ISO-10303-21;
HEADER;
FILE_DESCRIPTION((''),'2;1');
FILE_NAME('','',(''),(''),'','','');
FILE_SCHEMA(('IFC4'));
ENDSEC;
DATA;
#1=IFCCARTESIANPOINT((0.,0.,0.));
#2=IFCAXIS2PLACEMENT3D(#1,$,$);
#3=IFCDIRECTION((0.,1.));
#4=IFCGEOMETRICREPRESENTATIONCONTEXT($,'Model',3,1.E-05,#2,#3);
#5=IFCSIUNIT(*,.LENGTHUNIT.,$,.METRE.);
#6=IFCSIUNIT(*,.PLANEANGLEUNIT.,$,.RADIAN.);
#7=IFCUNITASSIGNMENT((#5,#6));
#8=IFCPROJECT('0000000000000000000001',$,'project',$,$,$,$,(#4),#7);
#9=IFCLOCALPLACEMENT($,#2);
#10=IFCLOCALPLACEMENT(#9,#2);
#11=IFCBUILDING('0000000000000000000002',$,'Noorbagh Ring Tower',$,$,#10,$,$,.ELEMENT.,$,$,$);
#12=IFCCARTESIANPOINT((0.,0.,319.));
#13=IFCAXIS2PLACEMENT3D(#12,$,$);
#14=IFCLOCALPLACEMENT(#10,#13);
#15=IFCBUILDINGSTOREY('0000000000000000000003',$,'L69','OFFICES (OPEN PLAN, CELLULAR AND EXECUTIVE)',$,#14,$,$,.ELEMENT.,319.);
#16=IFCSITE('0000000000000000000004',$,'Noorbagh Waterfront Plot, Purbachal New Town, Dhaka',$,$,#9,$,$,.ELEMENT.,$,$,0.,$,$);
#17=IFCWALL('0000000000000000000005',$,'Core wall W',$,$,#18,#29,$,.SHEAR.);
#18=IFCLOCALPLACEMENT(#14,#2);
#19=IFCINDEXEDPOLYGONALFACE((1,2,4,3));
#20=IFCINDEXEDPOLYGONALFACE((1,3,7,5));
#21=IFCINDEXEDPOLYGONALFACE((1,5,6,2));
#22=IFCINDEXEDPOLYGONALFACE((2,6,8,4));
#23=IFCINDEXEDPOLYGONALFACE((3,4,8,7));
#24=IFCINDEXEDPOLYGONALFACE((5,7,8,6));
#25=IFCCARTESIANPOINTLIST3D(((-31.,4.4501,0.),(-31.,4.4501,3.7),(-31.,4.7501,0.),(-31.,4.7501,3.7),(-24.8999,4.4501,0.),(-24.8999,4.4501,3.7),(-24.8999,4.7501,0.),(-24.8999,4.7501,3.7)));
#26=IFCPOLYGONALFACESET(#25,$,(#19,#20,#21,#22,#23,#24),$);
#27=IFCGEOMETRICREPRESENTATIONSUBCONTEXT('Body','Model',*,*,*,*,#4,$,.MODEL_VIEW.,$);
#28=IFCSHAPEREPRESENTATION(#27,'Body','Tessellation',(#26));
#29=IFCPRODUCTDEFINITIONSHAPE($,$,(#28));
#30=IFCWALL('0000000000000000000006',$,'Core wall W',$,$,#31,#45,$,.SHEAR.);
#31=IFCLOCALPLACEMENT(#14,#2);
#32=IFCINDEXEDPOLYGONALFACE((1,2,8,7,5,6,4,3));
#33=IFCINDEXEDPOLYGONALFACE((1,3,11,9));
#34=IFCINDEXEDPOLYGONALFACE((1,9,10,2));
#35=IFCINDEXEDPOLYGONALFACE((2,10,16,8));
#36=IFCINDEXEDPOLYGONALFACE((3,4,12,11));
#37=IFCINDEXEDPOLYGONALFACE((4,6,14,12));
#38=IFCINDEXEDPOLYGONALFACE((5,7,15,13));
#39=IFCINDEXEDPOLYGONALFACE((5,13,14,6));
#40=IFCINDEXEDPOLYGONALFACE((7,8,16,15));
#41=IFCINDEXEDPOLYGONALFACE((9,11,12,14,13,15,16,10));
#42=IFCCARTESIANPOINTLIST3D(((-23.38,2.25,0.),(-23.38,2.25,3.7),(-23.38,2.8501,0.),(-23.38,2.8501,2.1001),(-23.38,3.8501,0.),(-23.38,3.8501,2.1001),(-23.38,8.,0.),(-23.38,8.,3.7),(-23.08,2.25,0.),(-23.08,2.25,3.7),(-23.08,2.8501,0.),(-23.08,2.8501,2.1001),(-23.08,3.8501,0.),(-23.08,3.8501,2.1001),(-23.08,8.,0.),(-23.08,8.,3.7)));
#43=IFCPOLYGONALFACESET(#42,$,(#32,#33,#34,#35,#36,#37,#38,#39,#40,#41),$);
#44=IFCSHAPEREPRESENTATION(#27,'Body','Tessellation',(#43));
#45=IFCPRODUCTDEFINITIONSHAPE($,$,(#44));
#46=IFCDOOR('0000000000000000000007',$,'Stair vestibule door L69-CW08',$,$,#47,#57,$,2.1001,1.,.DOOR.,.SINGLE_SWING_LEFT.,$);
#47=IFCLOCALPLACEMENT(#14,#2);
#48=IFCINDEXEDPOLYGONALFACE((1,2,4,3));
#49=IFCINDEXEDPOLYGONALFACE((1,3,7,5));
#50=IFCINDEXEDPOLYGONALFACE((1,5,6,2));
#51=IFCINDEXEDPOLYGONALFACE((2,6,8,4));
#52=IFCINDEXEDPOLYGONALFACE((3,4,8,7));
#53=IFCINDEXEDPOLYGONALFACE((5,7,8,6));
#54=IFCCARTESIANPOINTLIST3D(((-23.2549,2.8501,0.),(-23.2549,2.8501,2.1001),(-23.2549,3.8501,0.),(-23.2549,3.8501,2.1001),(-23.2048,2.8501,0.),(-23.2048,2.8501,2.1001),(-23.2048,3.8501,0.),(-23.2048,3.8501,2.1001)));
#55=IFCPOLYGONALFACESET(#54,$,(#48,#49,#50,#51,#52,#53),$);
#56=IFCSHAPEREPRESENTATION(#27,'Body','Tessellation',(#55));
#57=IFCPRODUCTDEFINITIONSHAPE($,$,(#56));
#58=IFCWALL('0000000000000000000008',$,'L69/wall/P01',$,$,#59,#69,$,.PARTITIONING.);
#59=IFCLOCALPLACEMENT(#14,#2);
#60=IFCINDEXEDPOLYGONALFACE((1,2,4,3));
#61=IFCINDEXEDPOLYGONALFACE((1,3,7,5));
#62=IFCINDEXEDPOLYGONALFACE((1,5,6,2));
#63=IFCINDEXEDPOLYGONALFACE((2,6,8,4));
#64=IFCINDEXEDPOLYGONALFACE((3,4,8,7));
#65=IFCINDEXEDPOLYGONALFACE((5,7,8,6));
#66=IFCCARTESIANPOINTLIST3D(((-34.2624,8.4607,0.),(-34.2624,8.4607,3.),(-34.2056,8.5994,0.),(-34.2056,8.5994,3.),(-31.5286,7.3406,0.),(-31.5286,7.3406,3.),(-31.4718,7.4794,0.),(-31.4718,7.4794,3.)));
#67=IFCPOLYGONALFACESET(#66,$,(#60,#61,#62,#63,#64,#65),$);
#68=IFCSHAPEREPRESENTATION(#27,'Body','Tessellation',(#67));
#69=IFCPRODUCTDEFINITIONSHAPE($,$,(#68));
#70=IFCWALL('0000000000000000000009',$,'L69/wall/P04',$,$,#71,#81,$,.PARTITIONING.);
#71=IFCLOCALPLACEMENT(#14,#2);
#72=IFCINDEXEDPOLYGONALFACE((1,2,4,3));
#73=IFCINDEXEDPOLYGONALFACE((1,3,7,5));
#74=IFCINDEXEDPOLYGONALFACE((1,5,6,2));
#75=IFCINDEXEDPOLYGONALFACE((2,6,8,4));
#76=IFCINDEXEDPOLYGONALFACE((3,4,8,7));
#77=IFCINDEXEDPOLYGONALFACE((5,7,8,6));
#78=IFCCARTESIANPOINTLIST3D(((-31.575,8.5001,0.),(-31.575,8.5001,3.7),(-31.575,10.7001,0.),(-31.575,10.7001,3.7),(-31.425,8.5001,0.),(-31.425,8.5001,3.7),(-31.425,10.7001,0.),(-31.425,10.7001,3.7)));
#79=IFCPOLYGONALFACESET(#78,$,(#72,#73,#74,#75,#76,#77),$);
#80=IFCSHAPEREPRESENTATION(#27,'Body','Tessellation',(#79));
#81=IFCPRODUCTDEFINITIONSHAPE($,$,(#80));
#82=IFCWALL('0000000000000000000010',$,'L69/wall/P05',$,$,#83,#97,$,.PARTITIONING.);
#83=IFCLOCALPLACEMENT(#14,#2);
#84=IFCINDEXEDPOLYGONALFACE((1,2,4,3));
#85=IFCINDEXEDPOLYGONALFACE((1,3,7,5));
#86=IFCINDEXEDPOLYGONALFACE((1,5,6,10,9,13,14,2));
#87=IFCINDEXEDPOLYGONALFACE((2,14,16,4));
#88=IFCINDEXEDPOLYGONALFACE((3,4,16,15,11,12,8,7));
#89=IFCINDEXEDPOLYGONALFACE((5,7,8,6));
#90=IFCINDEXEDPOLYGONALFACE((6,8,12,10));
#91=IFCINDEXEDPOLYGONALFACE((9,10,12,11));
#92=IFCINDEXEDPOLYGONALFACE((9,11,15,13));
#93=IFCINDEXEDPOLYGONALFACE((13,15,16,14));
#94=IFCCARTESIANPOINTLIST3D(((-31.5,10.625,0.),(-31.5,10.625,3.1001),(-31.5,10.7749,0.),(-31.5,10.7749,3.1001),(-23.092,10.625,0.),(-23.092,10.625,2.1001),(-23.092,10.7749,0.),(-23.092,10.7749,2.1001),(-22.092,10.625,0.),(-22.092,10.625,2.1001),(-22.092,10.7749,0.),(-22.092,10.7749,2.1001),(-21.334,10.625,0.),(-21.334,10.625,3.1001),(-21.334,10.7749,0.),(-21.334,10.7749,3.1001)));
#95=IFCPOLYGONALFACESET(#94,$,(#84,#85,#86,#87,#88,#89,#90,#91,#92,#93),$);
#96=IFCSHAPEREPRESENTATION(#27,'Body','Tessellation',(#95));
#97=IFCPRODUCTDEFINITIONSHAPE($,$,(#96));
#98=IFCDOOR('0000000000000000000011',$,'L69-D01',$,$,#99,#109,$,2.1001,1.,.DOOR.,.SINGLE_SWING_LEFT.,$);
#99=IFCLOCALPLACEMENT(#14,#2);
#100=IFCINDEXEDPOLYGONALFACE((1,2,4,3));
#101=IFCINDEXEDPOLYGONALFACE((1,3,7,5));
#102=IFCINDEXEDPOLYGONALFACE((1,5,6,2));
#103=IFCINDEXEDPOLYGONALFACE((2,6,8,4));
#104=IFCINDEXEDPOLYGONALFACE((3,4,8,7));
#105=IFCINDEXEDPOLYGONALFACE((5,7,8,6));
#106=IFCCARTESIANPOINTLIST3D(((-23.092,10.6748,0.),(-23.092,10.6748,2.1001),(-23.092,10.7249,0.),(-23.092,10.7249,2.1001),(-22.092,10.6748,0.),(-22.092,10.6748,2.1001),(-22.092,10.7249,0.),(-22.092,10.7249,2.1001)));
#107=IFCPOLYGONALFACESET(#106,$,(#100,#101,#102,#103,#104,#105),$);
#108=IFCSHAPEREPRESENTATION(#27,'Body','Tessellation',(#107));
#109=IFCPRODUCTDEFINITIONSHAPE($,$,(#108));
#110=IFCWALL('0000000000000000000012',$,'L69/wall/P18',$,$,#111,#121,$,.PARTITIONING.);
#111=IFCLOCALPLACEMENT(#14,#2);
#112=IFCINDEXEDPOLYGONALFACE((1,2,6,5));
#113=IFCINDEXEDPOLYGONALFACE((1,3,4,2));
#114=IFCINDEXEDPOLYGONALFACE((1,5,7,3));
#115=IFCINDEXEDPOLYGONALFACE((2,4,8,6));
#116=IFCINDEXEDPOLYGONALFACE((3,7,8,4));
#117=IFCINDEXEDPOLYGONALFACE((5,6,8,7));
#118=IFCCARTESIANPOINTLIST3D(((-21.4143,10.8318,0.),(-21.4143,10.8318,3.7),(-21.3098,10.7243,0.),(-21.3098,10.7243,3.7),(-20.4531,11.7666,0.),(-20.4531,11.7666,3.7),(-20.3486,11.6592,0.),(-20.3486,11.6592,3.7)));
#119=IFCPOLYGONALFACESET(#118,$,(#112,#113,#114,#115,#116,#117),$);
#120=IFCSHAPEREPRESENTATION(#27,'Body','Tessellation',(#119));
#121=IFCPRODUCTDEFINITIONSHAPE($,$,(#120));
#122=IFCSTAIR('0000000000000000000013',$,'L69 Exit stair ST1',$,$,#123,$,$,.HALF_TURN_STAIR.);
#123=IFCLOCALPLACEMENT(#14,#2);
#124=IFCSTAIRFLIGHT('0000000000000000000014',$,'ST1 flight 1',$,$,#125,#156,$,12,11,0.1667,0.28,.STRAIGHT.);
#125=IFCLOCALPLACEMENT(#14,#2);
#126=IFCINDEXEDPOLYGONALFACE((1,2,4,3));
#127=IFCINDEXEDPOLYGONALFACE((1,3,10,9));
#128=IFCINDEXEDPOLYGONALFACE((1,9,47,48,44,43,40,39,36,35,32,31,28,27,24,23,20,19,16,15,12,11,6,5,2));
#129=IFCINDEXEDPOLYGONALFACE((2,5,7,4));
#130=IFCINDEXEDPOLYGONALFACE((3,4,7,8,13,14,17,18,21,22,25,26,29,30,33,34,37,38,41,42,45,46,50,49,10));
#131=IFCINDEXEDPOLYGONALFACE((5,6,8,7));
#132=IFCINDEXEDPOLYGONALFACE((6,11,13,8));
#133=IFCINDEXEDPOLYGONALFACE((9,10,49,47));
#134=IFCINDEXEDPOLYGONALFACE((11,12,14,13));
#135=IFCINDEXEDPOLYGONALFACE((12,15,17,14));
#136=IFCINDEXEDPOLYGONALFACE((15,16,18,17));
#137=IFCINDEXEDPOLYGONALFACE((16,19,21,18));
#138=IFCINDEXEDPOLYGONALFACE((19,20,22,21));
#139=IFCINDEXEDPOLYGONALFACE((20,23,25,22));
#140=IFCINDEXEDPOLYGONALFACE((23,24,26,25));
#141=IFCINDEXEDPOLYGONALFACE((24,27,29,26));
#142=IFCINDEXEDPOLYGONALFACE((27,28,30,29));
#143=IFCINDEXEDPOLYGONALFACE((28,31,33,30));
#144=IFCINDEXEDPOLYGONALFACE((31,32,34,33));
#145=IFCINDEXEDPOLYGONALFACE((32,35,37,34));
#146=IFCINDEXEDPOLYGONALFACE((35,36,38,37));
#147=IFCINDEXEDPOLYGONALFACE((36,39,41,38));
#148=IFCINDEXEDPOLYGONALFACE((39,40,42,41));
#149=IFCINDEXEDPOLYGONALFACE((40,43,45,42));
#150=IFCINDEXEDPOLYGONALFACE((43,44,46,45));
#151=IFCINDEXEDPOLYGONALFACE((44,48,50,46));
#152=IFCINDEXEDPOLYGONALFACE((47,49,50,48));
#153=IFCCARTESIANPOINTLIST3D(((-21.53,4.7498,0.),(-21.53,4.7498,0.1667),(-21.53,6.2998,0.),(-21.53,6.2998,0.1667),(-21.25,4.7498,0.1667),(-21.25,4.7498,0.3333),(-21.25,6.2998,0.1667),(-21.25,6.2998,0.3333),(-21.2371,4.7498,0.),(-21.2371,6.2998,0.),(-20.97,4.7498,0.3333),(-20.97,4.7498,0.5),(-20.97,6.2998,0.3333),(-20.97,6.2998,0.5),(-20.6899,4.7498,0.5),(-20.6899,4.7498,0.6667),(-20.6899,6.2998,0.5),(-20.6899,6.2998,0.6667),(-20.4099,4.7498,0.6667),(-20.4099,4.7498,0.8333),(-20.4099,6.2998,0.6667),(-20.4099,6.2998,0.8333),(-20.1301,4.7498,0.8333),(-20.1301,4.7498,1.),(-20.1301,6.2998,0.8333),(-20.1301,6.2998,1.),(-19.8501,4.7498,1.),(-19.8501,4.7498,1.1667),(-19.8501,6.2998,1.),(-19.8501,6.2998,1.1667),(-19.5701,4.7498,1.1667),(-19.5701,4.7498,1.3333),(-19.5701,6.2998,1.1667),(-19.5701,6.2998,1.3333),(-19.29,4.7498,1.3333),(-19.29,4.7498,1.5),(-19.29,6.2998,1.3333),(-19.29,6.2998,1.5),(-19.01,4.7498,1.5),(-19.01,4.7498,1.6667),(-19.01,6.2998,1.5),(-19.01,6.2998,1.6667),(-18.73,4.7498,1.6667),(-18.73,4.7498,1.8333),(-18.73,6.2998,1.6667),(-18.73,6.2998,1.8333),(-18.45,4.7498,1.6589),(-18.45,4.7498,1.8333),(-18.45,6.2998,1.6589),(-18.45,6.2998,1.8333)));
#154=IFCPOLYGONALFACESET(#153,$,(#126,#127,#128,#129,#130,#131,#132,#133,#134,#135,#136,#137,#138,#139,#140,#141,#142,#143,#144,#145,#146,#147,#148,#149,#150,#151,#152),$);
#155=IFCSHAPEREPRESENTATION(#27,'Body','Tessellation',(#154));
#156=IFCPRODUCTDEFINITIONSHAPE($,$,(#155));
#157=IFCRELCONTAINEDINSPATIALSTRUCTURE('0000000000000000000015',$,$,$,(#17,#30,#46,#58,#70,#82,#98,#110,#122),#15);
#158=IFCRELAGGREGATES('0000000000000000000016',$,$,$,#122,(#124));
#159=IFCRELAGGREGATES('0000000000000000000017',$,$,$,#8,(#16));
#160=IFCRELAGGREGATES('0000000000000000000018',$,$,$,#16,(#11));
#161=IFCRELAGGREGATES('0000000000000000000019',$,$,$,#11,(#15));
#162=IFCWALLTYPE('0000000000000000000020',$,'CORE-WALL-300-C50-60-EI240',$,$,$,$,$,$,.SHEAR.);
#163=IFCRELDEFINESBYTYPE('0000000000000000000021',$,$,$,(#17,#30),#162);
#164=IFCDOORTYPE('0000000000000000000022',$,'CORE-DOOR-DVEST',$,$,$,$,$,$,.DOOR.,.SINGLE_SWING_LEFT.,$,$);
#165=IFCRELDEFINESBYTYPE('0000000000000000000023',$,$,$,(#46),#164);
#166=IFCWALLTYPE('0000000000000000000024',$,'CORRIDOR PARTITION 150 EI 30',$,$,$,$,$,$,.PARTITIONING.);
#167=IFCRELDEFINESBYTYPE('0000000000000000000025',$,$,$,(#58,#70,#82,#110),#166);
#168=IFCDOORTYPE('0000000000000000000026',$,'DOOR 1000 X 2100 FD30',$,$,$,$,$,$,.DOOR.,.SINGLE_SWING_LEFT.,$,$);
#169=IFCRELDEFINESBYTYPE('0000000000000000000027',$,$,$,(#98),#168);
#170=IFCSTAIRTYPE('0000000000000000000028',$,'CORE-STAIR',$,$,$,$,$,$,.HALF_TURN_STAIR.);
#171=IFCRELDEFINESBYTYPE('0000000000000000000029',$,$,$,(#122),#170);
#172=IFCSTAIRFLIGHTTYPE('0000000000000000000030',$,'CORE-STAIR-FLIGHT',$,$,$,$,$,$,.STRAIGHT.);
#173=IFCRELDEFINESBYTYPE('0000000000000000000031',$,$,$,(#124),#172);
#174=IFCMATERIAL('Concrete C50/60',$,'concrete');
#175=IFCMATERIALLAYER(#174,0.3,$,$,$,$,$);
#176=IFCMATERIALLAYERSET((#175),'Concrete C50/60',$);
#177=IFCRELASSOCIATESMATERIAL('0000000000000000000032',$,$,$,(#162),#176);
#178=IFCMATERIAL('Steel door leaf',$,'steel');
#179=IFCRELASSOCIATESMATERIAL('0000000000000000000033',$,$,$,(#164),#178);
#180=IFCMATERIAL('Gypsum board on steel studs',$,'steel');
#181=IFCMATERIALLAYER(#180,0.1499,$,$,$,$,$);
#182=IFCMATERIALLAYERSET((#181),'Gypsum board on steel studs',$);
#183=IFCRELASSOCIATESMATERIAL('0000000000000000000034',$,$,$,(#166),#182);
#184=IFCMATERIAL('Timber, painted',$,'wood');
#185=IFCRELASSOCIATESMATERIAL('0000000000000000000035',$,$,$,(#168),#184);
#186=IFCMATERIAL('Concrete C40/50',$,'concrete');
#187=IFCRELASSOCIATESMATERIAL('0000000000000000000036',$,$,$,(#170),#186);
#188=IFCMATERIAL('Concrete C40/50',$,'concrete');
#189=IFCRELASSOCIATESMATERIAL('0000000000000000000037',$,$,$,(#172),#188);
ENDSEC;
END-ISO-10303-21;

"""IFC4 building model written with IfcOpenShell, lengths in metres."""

from ifc_helpers import new_model, si_unit, direction, frame, frame_2d, origin, place, context, subcontext, project, spatial, polyline, rectangle, outline, extrude, material, layer, layer_set, type_object, element, fill, aggregate, save


model = new_model("IFC4")

# Units and contexts
model_context = context("Model", 3, precision=1e-05, world=origin(), true_north=direction((0.0, 1.0)))
body_context = subcontext(model_context, "Body", "Model", "MODEL_VIEW")
ifc_project = project(units=[si_unit("LENGTHUNIT", "METRE"), si_unit("PLANEANGLEUNIT", "RADIAN")], contexts=[model_context])

# Site, building, storey
site_placement = place(None, origin())
site = spatial("IfcSite", under=ifc_project, at=site_placement, Name="Noorbagh Waterfront Plot, Purbachal New Town, Dhaka", CompositionType="ELEMENT", RefElevation=0.0)
building_placement = place(site_placement, origin())
building = spatial("IfcBuilding", under=site, at=building_placement, Name="Noorbagh Ring Tower", CompositionType="ELEMENT")
storey_placement = place(building_placement, frame((0.0, 0.0, 319.0)))
storey = spatial("IfcBuildingStorey", under=building, at=storey_placement, Name="L69", Description="OFFICES (OPEN PLAN, CELLULAR AND EXECUTIVE)", CompositionType="ELEMENT", Elevation=319.0)

# Wall
ifc_material_1 = material(Name="Concrete C50/60", Category="concrete")
ifc_layer_1 = layer(ifc_material_1, 0.3)
ifc_layer_set_1 = layer_set([ifc_layer_1], Name="Concrete C50/60")
wall_type_1 = type_object("IfcWallType", Name="CORE-WALL-300-C50-60-EI240", PredefinedType="SHEAR", material=ifc_layer_set_1)
wall_1_placement = place(storey_placement, frame((-24.8999, 4.6001, 0.0), z_axis=(0.0, 0.0, 1.0), x_axis=(-1.0, 0.0, 0.0)))
element("IfcWall", 1, at=wall_1_placement, inside=storey, type_object=wall_type_1, Name="Core wall W", PredefinedType="SHEAR", context=body_context, shape_type="SweptSolid", body=[
    extrude(rectangle(XDim=6.1001, YDim=0.3, at=frame_2d((3.05, 0.0))), origin(), (0.0, 0.0, 1.0), 3.7),
])

# Wall, opening, door
wall_2_placement = place(storey_placement, frame((-23.23, 2.25, 0.0), z_axis=(0.0, 0.0, 1.0), x_axis=(0.0, 1.0, 0.0)))
wall_2 = element("IfcWall", 2, at=wall_2_placement, inside=storey, type_object=wall_type_1, Name="Core wall W", PredefinedType="SHEAR", context=body_context, shape_type="SweptSolid", body=[
    extrude(rectangle(XDim=5.75, YDim=0.3, at=frame_2d((2.875, 0.0))), origin(), (0.0, 0.0, 1.0), 3.7),
])
opening_1_placement = place(wall_2_placement, frame((0.6001, 0.0, 0.0)))
opening_1 = element("IfcOpeningElement", 3, at=opening_1_placement, cuts=wall_2, PredefinedType="OPENING", context=body_context, shape_type="SweptSolid", body=[
    extrude(rectangle(XDim=1.0, YDim=2.1001, at=frame_2d((0.5, 1.05))), frame((0.0, 0.1602, 0.0), z_axis=(0.0, -1.0, 0.0), x_axis=(1.0, 0.0, 0.0)), (0.0, 0.0, 1.0), 0.3201),
])
ifc_material_2 = material(Name="Steel door leaf", Category="steel")
door_type_1 = type_object("IfcDoorType", Name="CORE-DOOR-DVEST", OperationType="SINGLE_SWING_LEFT", PredefinedType="DOOR", material=ifc_material_2)
door_1_placement = place(opening_1_placement, origin())
door_1 = element("IfcDoor", 4, at=door_1_placement, inside=storey, type_object=door_type_1, Name="Stair vestibule door L69-CW08", OperationType="SINGLE_SWING_LEFT", OverallHeight=2.1001, OverallWidth=1.0, PredefinedType="DOOR", context=body_context, shape_type="SweptSolid", body=[
    extrude(rectangle(XDim=1.0, YDim=2.1001, at=frame_2d((0.5, 1.05))), frame((0.0, 0.0249, 0.0), z_axis=(0.0, -1.0, 0.0), x_axis=(1.0, 0.0, 0.0)), (0.0, 0.0, 1.0), 0.05),
])
fill(opening_1, door_1)

# Walls
ifc_material_3 = material(Name="Gypsum board on steel studs", Category="steel")
ifc_layer_2 = layer(ifc_material_3, 0.1499)
ifc_layer_set_2 = layer_set([ifc_layer_2], Name="Gypsum board on steel studs")
wall_type_2 = type_object("IfcWallType", Name="CORRIDOR PARTITION 150 EI 30", PredefinedType="PARTITIONING", material=ifc_layer_set_2)
wall_3_placement = place(storey_placement, frame((-34.2339, 8.53, 0.0), z_axis=(0.0, 0.0, 1.0), x_axis=(0.925344, -0.379128, 0.0)))
element("IfcWall", 5, at=wall_3_placement, inside=storey, type_object=wall_type_2, Name="L69/wall/P01", PredefinedType="PARTITIONING", context=body_context, shape_type="SweptSolid", body=[
    extrude(rectangle(XDim=2.9543, YDim=0.1499, at=frame_2d((1.4771, 0.0))), origin(), (0.0, 0.0, 1.0), 3.0),
])
wall_4_placement = place(storey_placement, frame((-31.5, 8.5, 0.0), z_axis=(0.0, 0.0, 1.0), x_axis=(0.0, 1.0, 0.0)))
element("IfcWall", 6, at=wall_4_placement, inside=storey, type_object=wall_type_2, Name="L69/wall/P04", PredefinedType="PARTITIONING", context=body_context, shape_type="SweptSolid", body=[
    extrude(rectangle(XDim=2.2, YDim=0.1499, at=frame_2d((1.1001, 0.0))), origin(), (0.0, 0.0, 1.0), 3.7),
])

# Wall, opening, door
wall_5_placement = place(storey_placement, frame((-31.5, 10.7, 0.0), z_axis=(0.0, 0.0, 1.0), x_axis=(1.0, 0.0, 0.0)))
wall_5 = element("IfcWall", 7, at=wall_5_placement, inside=storey, type_object=wall_type_2, Name="L69/wall/P05", PredefinedType="PARTITIONING", context=body_context, shape_type="SweptSolid", body=[
    extrude(rectangle(XDim=10.166, YDim=0.1499, at=frame_2d((5.083, 0.0))), origin(), (0.0, 0.0, 1.0), 3.1001),
])
opening_2_placement = place(wall_5_placement, frame((8.408, 0.0, 0.0)))
opening_2 = element("IfcOpeningElement", 8, at=opening_2_placement, cuts=wall_5, PredefinedType="OPENING", context=body_context, shape_type="SweptSolid", body=[
    extrude(rectangle(XDim=1.0, YDim=2.1001, at=frame_2d((0.5, 1.05))), frame((0.0, 0.085, 0.0), z_axis=(0.0, -1.0, 0.0), x_axis=(1.0, 0.0, 0.0)), (0.0, 0.0, 1.0), 0.1699),
])
ifc_material_4 = material(Name="Timber, painted", Category="wood")
door_type_2 = type_object("IfcDoorType", Name="DOOR 1000 X 2100 FD30", OperationType="SINGLE_SWING_LEFT", PredefinedType="DOOR", material=ifc_material_4)
door_2_placement = place(opening_2_placement, origin())
door_2 = element("IfcDoor", 9, at=door_2_placement, inside=storey, type_object=door_type_2, Name="L69-D01", OperationType="SINGLE_SWING_LEFT", OverallHeight=2.1001, OverallWidth=1.0, PredefinedType="DOOR", context=body_context, shape_type="SweptSolid", body=[
    extrude(rectangle(XDim=1.0, YDim=2.1001, at=frame_2d((0.5, 1.05))), frame((0.0, 0.0249, 0.0), z_axis=(0.0, -1.0, 0.0), x_axis=(1.0, 0.0, 0.0)), (0.0, 0.0, 1.0), 0.05),
])
fill(opening_2, door_2)

# Wall
wall_6_placement = place(storey_placement, frame((-21.3621, 10.7781, 0.0), z_axis=(0.0, 0.0, 1.0), x_axis=(0.716871, 0.697206, 0.0)))
element("IfcWall", 10, at=wall_6_placement, inside=storey, type_object=wall_type_2, Name="L69/wall/P18", PredefinedType="PARTITIONING", context=body_context, shape_type="SweptSolid", body=[
    extrude(rectangle(XDim=1.3408, YDim=0.1499, at=frame_2d((0.6704, 0.0))), origin(), (0.0, 0.0, 1.0), 3.7),
])

# Stair, stair flight
ifc_material_5 = material(Name="Concrete C40/50", Category="concrete")
stair_type = type_object("IfcStairType", Name="CORE-STAIR", PredefinedType="HALF_TURN_STAIR", material=ifc_material_5)
stair_placement = place(storey_placement, origin())
stair = element("IfcStair", 11, at=stair_placement, inside=storey, type_object=stair_type, Name="L69 Exit stair ST1", PredefinedType="HALF_TURN_STAIR")
ifc_material_6 = material(Name="Concrete C40/50", Category="concrete")
stair_flight_type = type_object("IfcStairFlightType", Name="CORE-STAIR-FLIGHT", PredefinedType="STRAIGHT", material=ifc_material_6)
stair_flight_placement = place(storey_placement, frame((-21.53, 5.5249, 0.0), z_axis=(0.0, 0.0, 1.0), x_axis=(1.0, 0.0, 0.0)))
stair_flight = element("IfcStairFlight", 12, at=stair_flight_placement, type_object=stair_flight_type, Name="ST1 flight 1", NumberOfRisers=12, NumberOfTreads=11, PredefinedType="STRAIGHT", RiserHeight=0.1667, TreadLength=0.28, context=body_context, shape_type="SweptSolid", body=[
    extrude(outline(polyline([(0.0, 0.0), (0.0, 0.1667), (0.28, 0.1667), (0.28, 0.3333), (0.5601, 0.3333), (0.5601, 0.5), (0.8401, 0.5), (0.8401, 0.6667), (1.1201, 0.6667), (1.1201, 0.8333), (1.3999, 0.8333), (1.3999, 1.0), (1.6799, 1.0), (1.6799, 1.1667), (1.96, 1.1667), (1.96, 1.3333), (2.24, 1.3333), (2.24, 1.5), (2.52, 1.5), (2.52, 1.6667), (2.8, 1.6667), (2.8, 1.8333), (3.0801, 1.8333), (3.0801, 2.0), (3.0801, 1.6589), (0.293, 0.0), (0.0, 0.0)])), frame((0.0, 0.7749, 0.0), z_axis=(0.0, -1.0, 0.0), x_axis=(1.0, 0.0, 0.0)), (0.0, 0.0, 1.0), 1.55),
])
aggregate(stair, [stair_flight])

save(model, "model.ifc")
